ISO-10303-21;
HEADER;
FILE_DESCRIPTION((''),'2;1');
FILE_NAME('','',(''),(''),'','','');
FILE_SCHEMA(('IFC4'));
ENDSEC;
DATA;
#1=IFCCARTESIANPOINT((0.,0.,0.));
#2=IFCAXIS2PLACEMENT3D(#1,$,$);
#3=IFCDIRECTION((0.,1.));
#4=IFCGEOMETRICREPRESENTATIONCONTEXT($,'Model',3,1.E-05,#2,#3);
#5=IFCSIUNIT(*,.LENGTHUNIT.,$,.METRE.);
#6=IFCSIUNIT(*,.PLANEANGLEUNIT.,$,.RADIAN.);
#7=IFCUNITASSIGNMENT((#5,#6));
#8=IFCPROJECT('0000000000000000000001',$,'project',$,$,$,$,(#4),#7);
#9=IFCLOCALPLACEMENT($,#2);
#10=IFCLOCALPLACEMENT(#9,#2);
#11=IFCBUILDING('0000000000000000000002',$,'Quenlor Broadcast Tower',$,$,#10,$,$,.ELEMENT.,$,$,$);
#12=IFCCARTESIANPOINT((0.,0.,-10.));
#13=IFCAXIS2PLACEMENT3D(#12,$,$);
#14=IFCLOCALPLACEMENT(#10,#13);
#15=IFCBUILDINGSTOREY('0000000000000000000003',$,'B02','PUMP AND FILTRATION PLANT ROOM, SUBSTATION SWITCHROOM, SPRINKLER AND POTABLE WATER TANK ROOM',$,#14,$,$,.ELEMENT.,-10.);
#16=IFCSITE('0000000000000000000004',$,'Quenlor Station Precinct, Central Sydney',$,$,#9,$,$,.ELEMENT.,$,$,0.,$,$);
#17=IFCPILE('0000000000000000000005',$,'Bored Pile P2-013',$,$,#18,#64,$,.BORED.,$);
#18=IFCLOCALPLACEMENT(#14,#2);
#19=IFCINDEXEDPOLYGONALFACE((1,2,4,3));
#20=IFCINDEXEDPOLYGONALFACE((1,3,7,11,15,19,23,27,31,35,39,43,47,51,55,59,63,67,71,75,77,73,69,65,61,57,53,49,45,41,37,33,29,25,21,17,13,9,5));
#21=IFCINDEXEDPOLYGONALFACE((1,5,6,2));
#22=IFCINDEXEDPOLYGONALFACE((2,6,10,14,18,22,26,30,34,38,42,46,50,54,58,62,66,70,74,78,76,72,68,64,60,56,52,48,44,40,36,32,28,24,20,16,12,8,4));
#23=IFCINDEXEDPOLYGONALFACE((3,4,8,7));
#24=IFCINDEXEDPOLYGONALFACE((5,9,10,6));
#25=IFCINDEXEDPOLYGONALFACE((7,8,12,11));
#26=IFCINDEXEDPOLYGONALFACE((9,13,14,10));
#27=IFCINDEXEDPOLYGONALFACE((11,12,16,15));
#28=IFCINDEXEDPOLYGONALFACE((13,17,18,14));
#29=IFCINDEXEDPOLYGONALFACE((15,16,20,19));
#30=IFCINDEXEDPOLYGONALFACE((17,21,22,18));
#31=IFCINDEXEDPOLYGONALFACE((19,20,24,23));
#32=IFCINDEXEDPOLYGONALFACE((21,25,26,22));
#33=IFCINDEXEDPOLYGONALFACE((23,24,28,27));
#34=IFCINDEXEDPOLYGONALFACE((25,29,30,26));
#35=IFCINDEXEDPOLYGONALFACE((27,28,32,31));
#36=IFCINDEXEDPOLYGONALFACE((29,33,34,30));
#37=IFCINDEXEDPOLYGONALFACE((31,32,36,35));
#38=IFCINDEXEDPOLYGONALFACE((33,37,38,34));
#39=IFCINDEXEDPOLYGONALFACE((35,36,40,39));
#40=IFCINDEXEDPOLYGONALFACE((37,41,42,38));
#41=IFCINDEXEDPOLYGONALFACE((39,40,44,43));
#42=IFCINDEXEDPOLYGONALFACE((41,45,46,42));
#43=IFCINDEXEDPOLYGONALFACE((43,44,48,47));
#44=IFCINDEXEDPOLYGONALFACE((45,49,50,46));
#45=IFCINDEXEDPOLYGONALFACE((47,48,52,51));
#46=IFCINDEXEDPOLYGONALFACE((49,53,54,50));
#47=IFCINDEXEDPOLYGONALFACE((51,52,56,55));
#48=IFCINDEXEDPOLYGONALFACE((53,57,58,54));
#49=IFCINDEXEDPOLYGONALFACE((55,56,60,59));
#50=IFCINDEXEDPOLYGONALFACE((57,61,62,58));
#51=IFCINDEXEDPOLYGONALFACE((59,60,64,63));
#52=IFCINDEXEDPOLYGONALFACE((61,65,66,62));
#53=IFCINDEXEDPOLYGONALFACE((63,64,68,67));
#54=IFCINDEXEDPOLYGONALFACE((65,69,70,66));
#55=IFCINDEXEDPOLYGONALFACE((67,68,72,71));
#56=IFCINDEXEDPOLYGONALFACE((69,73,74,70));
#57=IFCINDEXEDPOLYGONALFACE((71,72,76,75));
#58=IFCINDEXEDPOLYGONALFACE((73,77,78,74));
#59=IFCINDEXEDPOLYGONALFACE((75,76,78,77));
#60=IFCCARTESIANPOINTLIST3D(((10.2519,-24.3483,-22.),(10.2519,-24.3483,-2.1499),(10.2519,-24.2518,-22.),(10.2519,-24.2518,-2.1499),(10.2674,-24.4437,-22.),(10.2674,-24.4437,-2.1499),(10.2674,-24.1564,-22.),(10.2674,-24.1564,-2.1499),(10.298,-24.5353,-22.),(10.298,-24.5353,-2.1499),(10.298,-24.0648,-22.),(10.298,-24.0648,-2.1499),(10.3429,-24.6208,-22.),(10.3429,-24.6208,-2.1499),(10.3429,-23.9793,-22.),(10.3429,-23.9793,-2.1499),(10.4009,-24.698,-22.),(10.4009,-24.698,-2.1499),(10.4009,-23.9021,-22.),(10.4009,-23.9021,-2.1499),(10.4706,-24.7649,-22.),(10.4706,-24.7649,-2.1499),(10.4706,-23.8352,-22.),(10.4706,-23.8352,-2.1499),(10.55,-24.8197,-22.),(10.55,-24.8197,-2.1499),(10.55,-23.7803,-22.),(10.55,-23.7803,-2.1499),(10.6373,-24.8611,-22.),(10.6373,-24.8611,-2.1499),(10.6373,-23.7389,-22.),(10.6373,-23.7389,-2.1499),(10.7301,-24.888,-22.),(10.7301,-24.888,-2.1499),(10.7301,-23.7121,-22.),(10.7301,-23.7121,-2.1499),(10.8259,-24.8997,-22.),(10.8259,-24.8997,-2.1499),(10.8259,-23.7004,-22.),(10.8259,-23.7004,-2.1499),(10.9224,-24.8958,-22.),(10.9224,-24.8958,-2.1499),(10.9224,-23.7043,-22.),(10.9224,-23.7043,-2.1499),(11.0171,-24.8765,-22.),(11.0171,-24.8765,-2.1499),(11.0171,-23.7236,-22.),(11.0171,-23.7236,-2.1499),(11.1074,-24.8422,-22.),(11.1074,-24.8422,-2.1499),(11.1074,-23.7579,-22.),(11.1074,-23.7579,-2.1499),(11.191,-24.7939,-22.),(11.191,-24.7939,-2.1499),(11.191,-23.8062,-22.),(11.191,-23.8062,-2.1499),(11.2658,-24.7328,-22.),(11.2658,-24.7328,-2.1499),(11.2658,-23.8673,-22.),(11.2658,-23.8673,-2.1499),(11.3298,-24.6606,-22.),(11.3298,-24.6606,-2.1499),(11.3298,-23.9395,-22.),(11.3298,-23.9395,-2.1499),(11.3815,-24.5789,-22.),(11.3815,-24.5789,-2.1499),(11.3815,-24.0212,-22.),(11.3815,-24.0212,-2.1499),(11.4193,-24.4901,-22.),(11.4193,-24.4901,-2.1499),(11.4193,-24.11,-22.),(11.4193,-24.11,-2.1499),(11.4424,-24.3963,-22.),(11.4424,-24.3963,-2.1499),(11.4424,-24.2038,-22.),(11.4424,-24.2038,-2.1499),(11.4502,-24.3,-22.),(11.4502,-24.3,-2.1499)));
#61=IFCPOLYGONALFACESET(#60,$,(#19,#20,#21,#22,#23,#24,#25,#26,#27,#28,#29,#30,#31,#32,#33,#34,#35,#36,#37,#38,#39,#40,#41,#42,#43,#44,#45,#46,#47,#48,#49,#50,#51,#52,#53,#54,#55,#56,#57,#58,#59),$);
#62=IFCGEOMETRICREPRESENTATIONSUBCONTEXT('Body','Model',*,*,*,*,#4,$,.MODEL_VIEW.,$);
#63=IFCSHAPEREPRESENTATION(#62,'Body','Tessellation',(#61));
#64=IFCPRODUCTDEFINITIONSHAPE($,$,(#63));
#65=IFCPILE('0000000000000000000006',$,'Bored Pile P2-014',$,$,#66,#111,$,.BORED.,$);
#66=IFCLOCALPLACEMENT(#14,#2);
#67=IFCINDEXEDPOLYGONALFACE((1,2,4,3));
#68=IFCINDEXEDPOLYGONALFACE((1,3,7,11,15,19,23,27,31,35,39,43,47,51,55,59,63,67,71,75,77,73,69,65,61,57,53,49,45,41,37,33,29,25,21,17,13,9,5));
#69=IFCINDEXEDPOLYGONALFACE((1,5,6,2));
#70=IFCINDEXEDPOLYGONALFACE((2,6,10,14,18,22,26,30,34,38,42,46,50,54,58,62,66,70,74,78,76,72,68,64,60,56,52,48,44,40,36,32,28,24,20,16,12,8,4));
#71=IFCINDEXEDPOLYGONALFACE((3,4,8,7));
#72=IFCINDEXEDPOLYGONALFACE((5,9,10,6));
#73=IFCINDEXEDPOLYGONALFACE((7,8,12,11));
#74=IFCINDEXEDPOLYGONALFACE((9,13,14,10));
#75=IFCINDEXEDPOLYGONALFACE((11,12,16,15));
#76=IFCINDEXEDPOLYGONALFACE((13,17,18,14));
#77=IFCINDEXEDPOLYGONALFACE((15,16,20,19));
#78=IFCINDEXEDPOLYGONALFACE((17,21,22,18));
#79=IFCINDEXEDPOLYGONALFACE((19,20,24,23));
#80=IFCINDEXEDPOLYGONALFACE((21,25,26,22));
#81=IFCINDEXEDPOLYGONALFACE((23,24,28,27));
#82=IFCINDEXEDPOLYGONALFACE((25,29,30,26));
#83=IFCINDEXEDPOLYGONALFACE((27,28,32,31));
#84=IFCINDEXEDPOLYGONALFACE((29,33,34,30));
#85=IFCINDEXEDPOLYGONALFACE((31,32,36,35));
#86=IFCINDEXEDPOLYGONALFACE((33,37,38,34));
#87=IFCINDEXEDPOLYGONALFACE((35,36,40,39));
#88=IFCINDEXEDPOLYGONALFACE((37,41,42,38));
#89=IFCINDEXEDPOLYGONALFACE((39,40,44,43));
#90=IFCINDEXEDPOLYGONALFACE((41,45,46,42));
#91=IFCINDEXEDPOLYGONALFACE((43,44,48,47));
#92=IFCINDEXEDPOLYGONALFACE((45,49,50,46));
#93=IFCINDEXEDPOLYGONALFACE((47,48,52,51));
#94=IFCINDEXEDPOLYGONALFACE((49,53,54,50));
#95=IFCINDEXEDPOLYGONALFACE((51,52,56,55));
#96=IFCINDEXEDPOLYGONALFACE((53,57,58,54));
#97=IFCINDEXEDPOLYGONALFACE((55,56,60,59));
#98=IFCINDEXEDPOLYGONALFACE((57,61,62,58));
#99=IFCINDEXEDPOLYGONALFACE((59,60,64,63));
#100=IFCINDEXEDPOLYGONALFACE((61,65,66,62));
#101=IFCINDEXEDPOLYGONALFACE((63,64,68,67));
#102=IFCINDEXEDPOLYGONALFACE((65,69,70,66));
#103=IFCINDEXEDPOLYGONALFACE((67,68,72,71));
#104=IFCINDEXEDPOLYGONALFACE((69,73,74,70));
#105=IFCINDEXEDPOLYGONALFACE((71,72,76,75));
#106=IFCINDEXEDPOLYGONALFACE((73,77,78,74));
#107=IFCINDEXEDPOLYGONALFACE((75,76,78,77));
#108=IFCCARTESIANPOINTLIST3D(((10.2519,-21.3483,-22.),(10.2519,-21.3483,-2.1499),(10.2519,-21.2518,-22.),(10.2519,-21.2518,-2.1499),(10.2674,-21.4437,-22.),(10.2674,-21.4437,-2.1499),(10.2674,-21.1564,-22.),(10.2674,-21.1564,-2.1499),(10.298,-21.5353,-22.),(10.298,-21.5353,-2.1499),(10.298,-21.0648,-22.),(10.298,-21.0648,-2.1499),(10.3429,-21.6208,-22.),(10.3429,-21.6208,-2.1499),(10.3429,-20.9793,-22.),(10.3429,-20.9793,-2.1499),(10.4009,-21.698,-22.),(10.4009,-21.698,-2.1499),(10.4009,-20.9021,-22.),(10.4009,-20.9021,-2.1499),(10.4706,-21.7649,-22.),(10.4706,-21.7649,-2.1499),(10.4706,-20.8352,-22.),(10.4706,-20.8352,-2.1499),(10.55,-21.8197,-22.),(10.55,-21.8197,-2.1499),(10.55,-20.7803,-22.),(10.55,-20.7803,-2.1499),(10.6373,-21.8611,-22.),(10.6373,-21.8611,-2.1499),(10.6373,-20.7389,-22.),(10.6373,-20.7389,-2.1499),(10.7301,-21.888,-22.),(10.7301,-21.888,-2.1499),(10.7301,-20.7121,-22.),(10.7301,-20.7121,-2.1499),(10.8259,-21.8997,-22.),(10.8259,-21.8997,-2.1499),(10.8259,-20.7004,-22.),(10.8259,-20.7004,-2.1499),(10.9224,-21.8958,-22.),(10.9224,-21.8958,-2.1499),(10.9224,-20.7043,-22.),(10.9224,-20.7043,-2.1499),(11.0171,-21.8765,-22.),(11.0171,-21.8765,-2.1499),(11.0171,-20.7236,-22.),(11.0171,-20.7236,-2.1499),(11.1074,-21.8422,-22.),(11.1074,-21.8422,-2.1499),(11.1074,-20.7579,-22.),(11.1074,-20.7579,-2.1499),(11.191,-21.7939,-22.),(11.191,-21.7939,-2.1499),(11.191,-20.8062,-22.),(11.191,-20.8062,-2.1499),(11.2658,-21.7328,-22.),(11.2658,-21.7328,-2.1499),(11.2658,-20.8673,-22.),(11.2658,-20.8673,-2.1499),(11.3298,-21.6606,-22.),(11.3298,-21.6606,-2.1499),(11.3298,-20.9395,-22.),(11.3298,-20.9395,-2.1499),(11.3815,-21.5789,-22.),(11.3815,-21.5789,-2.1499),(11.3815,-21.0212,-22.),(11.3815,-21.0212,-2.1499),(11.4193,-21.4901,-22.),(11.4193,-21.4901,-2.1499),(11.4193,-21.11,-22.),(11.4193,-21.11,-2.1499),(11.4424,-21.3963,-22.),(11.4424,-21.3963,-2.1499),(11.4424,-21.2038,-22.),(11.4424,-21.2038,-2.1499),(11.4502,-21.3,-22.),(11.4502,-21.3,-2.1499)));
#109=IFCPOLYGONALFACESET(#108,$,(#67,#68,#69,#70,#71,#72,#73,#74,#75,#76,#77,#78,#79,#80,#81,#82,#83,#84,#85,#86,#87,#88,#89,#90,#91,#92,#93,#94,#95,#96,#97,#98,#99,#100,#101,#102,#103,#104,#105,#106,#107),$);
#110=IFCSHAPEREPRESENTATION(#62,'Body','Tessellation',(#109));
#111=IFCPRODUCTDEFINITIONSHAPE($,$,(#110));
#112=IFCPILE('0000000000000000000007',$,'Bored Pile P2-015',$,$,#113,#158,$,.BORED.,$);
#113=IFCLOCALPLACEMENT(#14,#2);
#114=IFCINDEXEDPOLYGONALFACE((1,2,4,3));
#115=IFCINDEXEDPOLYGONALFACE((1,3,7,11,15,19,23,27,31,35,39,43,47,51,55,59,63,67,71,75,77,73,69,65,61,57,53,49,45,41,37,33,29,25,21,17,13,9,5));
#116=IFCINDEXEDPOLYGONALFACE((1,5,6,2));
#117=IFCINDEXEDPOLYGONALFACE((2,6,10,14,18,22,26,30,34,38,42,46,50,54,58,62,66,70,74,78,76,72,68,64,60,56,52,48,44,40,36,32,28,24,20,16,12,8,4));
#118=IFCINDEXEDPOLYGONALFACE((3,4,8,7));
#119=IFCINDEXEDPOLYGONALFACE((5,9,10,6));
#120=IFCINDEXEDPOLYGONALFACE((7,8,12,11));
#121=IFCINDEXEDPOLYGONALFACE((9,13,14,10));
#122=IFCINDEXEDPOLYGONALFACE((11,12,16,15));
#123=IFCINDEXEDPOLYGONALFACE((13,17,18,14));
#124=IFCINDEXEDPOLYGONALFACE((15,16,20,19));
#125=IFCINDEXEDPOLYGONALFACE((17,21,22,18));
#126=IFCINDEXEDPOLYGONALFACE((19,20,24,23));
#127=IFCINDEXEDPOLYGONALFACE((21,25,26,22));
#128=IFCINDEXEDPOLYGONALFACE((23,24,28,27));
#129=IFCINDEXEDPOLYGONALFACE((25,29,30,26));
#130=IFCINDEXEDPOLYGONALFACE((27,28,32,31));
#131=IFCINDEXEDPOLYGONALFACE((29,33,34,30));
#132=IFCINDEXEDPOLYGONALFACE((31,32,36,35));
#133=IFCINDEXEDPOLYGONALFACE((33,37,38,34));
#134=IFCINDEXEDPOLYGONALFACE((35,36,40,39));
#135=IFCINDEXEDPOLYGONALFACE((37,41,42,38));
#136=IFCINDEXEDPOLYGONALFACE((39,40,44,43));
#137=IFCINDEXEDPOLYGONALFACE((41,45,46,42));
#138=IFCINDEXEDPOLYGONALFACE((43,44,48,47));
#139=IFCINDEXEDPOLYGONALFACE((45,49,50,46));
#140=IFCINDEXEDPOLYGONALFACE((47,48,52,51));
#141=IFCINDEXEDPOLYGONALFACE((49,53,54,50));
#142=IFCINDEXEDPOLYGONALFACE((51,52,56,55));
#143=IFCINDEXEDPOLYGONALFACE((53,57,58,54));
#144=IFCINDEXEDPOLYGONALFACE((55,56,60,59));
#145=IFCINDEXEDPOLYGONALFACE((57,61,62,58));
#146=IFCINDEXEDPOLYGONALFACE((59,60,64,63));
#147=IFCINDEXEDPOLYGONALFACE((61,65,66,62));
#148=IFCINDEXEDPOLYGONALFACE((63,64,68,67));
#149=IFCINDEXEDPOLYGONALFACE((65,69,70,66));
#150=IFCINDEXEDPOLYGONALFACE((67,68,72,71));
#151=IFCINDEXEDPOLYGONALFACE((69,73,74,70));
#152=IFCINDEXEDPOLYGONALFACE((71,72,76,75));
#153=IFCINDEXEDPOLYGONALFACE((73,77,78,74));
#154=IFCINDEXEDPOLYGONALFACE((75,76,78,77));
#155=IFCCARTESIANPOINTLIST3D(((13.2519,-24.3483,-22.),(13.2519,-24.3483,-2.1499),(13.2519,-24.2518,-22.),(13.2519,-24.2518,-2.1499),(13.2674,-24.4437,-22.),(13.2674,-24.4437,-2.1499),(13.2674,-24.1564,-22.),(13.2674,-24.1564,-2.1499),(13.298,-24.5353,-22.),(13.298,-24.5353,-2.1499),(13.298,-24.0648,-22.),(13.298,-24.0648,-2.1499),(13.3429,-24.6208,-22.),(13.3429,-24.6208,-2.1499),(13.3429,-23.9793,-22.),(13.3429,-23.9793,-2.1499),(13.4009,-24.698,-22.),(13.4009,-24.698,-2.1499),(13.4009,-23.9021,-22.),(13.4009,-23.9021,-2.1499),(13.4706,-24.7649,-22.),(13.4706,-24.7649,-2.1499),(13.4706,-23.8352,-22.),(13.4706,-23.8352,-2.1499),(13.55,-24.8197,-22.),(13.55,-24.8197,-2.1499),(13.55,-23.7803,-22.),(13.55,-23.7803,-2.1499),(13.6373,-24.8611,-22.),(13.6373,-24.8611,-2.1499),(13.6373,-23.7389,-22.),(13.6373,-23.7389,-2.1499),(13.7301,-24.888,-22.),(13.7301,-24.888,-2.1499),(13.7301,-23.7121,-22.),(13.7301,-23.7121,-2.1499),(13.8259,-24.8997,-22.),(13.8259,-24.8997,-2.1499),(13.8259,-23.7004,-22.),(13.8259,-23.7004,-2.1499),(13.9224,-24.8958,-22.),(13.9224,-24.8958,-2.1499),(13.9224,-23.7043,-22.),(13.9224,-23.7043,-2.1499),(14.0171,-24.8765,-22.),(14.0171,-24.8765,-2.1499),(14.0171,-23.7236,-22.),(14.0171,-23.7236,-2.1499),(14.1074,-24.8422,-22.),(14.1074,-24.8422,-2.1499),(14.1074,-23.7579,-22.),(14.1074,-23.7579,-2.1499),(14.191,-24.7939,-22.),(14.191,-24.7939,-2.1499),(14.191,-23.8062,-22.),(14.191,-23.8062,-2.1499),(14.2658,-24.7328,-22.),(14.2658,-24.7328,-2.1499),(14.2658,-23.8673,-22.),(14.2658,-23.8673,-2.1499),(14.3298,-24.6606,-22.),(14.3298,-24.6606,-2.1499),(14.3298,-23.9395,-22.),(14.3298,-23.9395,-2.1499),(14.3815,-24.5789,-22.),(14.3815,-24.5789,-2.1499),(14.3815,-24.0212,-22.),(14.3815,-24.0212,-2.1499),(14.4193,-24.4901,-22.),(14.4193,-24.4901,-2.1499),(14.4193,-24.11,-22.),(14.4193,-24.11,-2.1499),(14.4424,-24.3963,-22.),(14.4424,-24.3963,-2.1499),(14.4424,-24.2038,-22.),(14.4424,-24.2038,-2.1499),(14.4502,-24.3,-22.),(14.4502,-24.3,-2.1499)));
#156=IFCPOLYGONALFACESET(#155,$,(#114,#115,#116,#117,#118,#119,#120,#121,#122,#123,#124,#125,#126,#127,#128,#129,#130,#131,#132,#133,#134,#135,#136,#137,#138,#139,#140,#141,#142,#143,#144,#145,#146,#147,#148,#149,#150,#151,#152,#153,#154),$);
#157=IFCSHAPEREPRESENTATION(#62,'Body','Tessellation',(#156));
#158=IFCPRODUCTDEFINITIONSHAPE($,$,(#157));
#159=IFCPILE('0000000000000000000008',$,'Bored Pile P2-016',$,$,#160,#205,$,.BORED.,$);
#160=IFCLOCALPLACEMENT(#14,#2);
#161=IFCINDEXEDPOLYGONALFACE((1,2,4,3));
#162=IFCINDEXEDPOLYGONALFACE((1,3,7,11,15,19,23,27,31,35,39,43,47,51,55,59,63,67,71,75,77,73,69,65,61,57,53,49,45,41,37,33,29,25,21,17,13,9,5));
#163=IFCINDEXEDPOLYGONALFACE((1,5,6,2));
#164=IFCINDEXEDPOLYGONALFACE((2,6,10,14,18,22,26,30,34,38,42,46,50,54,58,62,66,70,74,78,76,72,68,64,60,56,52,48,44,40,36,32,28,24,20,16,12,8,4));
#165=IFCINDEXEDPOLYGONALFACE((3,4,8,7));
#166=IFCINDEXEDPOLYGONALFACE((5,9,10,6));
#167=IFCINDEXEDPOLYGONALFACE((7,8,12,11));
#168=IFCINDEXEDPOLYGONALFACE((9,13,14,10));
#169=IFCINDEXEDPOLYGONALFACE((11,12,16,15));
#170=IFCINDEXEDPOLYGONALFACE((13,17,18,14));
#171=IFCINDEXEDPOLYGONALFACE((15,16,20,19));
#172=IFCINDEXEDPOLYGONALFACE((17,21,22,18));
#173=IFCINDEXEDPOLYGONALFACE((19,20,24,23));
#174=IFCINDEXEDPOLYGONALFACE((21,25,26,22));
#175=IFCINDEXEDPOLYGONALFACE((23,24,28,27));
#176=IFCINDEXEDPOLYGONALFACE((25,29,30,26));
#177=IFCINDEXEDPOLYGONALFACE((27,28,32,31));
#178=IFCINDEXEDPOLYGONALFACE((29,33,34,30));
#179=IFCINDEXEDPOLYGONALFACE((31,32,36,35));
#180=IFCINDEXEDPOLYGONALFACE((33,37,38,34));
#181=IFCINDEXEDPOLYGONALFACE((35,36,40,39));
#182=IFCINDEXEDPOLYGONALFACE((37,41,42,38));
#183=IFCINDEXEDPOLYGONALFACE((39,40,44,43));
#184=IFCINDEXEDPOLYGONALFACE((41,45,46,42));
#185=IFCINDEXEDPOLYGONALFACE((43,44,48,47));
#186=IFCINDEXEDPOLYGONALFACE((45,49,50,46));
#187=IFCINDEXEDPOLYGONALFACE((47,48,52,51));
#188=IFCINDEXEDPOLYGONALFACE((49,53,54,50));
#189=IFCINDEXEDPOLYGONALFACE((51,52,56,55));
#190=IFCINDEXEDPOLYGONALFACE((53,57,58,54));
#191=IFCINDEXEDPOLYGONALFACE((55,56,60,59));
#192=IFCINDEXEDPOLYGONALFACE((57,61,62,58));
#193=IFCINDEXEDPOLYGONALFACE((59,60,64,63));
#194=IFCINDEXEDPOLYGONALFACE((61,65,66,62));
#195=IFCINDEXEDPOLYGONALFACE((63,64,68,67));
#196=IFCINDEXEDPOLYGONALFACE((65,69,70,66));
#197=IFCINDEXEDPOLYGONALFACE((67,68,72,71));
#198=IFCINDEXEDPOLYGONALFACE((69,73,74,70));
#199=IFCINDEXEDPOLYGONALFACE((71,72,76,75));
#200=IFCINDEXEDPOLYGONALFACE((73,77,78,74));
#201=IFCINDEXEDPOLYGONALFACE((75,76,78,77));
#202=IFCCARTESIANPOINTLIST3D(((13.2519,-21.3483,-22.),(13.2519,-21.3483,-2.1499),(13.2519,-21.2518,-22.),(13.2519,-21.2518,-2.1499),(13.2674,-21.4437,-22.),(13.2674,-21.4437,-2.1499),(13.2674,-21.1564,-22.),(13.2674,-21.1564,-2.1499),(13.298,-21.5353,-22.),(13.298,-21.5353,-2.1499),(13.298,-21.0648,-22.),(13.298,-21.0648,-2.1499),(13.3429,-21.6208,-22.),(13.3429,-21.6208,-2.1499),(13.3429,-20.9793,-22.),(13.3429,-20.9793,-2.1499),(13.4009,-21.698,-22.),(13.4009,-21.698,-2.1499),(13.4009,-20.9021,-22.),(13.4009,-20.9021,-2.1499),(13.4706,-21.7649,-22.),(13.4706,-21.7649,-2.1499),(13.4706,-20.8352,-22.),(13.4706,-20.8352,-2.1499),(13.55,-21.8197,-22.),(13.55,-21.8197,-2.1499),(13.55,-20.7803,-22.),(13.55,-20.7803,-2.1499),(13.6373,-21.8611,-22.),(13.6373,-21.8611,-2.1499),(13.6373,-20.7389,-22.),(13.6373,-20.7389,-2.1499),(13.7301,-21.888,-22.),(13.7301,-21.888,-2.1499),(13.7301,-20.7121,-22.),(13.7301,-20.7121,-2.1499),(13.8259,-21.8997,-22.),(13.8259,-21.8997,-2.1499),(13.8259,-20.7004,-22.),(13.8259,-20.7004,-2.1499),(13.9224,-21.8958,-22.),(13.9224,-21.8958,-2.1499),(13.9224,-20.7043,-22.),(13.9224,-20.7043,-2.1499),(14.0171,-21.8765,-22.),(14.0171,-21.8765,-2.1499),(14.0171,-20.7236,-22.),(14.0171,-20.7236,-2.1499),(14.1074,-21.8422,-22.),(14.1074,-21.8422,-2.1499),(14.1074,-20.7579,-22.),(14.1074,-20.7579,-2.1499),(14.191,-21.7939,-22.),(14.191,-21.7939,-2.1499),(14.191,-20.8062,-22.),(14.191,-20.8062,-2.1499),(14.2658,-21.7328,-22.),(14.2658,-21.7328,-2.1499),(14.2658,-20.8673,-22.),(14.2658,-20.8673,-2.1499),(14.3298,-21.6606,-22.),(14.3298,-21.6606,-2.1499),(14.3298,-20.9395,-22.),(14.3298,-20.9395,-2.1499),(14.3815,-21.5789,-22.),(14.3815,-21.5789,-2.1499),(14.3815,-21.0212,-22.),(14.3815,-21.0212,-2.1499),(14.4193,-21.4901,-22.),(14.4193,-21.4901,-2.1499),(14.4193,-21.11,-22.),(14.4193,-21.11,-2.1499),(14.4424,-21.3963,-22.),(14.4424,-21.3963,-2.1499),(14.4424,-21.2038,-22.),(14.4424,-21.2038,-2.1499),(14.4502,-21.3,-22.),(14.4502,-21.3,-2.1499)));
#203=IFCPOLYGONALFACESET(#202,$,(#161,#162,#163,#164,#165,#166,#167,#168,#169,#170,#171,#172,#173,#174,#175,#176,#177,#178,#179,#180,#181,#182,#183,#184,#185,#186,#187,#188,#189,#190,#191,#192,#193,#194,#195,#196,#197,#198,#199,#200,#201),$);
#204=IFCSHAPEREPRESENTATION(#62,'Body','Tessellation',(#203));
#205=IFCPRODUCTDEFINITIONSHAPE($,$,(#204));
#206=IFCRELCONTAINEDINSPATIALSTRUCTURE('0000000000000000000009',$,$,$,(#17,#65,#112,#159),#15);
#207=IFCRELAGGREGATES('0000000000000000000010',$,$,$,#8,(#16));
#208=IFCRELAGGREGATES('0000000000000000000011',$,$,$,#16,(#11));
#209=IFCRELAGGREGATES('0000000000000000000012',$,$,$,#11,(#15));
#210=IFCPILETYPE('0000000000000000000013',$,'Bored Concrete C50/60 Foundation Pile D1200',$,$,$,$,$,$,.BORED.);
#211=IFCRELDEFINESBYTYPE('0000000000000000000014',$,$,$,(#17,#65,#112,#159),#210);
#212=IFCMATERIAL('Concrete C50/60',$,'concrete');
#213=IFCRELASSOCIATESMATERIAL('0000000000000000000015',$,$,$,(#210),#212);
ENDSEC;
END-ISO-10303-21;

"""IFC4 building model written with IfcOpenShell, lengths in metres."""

from ifc_helpers import new_model, si_unit, direction, frame, origin, origin_2d, place, context, subcontext, project, spatial, circle, extrude, material, material_profile, profile_set, type_object, element, save


model = new_model("IFC4")

# Units and contexts
model_context = context("Model", 3, precision=1e-05, world=origin(), true_north=direction((0.0, 1.0)))
body_context = subcontext(model_context, "Body", "Model", "MODEL_VIEW")
ifc_project = project(units=[si_unit("LENGTHUNIT", "METRE"), si_unit("PLANEANGLEUNIT", "RADIAN")], contexts=[model_context])

# Site, building, storey
site_placement = place(None, origin())
site = spatial("IfcSite", under=ifc_project, at=site_placement, Name="Quenlor Station Precinct, Central Sydney", CompositionType="ELEMENT", RefElevation=0.0)
building_placement = place(site_placement, origin())
building = spatial("IfcBuilding", under=site, at=building_placement, Name="Quenlor Broadcast Tower", CompositionType="ELEMENT")
storey_placement = place(building_placement, frame((0.0, 0.0, -10.0)))
storey = spatial("IfcBuildingStorey", under=building, at=storey_placement, Name="B02", Description="PUMP AND FILTRATION PLANT ROOM, SUBSTATION SWITCHROOM, SPRINKLER AND POTABLE WATER TANK ROOM", CompositionType="ELEMENT", Elevation=-10.0)

# Piles
ifc_material_1 = material(Name="Concrete C50/60", Category="concrete")
ifc_material_profile_1 = material_profile(ifc_material_1, circle(Radius=0.6001, at=origin_2d()))
ifc_profile_set_1 = profile_set([ifc_material_profile_1], Name="Concrete C50/60 PILE1200")
pile_type_1 = type_object("IfcPileType", Name="Bored Concrete C50/60 Foundation Pile D1200", PredefinedType="BORED", material=ifc_profile_set_1)
for number, where, z_axis, x_axis, name in (
    (1, (10.8501, -24.3, -2.1499), (0.0, 0.0, -1.0), (1.0, 0.0, 0.0), "Bored Pile P2-013"),
    (2, (10.8501, -21.3, -2.1499), (0.0, 0.0, -1.0), (1.0, 0.0, 0.0), "Bored Pile P2-014"),
    (3, (13.8501, -24.3, -2.1499), (0.0, 0.0, -1.0), (1.0, 0.0, 0.0), "Bored Pile P2-015"),
    (4, (13.8501, -21.3, -2.1499), (0.0, 0.0, -1.0), (1.0, 0.0, 0.0), "Bored Pile P2-016"),
):
    element("IfcPile", number, at=place(storey_placement, frame(where, z_axis=z_axis, x_axis=x_axis)), inside=storey, type_object=pile_type_1, Name=name, PredefinedType="BORED", context=body_context, shape_type="SweptSolid", body=[
        extrude(circle(Radius=0.6001, at=origin_2d()), origin(), (0.0, 0.0, 1.0), 19.8501),
    ])

save(model, "model.ifc")
